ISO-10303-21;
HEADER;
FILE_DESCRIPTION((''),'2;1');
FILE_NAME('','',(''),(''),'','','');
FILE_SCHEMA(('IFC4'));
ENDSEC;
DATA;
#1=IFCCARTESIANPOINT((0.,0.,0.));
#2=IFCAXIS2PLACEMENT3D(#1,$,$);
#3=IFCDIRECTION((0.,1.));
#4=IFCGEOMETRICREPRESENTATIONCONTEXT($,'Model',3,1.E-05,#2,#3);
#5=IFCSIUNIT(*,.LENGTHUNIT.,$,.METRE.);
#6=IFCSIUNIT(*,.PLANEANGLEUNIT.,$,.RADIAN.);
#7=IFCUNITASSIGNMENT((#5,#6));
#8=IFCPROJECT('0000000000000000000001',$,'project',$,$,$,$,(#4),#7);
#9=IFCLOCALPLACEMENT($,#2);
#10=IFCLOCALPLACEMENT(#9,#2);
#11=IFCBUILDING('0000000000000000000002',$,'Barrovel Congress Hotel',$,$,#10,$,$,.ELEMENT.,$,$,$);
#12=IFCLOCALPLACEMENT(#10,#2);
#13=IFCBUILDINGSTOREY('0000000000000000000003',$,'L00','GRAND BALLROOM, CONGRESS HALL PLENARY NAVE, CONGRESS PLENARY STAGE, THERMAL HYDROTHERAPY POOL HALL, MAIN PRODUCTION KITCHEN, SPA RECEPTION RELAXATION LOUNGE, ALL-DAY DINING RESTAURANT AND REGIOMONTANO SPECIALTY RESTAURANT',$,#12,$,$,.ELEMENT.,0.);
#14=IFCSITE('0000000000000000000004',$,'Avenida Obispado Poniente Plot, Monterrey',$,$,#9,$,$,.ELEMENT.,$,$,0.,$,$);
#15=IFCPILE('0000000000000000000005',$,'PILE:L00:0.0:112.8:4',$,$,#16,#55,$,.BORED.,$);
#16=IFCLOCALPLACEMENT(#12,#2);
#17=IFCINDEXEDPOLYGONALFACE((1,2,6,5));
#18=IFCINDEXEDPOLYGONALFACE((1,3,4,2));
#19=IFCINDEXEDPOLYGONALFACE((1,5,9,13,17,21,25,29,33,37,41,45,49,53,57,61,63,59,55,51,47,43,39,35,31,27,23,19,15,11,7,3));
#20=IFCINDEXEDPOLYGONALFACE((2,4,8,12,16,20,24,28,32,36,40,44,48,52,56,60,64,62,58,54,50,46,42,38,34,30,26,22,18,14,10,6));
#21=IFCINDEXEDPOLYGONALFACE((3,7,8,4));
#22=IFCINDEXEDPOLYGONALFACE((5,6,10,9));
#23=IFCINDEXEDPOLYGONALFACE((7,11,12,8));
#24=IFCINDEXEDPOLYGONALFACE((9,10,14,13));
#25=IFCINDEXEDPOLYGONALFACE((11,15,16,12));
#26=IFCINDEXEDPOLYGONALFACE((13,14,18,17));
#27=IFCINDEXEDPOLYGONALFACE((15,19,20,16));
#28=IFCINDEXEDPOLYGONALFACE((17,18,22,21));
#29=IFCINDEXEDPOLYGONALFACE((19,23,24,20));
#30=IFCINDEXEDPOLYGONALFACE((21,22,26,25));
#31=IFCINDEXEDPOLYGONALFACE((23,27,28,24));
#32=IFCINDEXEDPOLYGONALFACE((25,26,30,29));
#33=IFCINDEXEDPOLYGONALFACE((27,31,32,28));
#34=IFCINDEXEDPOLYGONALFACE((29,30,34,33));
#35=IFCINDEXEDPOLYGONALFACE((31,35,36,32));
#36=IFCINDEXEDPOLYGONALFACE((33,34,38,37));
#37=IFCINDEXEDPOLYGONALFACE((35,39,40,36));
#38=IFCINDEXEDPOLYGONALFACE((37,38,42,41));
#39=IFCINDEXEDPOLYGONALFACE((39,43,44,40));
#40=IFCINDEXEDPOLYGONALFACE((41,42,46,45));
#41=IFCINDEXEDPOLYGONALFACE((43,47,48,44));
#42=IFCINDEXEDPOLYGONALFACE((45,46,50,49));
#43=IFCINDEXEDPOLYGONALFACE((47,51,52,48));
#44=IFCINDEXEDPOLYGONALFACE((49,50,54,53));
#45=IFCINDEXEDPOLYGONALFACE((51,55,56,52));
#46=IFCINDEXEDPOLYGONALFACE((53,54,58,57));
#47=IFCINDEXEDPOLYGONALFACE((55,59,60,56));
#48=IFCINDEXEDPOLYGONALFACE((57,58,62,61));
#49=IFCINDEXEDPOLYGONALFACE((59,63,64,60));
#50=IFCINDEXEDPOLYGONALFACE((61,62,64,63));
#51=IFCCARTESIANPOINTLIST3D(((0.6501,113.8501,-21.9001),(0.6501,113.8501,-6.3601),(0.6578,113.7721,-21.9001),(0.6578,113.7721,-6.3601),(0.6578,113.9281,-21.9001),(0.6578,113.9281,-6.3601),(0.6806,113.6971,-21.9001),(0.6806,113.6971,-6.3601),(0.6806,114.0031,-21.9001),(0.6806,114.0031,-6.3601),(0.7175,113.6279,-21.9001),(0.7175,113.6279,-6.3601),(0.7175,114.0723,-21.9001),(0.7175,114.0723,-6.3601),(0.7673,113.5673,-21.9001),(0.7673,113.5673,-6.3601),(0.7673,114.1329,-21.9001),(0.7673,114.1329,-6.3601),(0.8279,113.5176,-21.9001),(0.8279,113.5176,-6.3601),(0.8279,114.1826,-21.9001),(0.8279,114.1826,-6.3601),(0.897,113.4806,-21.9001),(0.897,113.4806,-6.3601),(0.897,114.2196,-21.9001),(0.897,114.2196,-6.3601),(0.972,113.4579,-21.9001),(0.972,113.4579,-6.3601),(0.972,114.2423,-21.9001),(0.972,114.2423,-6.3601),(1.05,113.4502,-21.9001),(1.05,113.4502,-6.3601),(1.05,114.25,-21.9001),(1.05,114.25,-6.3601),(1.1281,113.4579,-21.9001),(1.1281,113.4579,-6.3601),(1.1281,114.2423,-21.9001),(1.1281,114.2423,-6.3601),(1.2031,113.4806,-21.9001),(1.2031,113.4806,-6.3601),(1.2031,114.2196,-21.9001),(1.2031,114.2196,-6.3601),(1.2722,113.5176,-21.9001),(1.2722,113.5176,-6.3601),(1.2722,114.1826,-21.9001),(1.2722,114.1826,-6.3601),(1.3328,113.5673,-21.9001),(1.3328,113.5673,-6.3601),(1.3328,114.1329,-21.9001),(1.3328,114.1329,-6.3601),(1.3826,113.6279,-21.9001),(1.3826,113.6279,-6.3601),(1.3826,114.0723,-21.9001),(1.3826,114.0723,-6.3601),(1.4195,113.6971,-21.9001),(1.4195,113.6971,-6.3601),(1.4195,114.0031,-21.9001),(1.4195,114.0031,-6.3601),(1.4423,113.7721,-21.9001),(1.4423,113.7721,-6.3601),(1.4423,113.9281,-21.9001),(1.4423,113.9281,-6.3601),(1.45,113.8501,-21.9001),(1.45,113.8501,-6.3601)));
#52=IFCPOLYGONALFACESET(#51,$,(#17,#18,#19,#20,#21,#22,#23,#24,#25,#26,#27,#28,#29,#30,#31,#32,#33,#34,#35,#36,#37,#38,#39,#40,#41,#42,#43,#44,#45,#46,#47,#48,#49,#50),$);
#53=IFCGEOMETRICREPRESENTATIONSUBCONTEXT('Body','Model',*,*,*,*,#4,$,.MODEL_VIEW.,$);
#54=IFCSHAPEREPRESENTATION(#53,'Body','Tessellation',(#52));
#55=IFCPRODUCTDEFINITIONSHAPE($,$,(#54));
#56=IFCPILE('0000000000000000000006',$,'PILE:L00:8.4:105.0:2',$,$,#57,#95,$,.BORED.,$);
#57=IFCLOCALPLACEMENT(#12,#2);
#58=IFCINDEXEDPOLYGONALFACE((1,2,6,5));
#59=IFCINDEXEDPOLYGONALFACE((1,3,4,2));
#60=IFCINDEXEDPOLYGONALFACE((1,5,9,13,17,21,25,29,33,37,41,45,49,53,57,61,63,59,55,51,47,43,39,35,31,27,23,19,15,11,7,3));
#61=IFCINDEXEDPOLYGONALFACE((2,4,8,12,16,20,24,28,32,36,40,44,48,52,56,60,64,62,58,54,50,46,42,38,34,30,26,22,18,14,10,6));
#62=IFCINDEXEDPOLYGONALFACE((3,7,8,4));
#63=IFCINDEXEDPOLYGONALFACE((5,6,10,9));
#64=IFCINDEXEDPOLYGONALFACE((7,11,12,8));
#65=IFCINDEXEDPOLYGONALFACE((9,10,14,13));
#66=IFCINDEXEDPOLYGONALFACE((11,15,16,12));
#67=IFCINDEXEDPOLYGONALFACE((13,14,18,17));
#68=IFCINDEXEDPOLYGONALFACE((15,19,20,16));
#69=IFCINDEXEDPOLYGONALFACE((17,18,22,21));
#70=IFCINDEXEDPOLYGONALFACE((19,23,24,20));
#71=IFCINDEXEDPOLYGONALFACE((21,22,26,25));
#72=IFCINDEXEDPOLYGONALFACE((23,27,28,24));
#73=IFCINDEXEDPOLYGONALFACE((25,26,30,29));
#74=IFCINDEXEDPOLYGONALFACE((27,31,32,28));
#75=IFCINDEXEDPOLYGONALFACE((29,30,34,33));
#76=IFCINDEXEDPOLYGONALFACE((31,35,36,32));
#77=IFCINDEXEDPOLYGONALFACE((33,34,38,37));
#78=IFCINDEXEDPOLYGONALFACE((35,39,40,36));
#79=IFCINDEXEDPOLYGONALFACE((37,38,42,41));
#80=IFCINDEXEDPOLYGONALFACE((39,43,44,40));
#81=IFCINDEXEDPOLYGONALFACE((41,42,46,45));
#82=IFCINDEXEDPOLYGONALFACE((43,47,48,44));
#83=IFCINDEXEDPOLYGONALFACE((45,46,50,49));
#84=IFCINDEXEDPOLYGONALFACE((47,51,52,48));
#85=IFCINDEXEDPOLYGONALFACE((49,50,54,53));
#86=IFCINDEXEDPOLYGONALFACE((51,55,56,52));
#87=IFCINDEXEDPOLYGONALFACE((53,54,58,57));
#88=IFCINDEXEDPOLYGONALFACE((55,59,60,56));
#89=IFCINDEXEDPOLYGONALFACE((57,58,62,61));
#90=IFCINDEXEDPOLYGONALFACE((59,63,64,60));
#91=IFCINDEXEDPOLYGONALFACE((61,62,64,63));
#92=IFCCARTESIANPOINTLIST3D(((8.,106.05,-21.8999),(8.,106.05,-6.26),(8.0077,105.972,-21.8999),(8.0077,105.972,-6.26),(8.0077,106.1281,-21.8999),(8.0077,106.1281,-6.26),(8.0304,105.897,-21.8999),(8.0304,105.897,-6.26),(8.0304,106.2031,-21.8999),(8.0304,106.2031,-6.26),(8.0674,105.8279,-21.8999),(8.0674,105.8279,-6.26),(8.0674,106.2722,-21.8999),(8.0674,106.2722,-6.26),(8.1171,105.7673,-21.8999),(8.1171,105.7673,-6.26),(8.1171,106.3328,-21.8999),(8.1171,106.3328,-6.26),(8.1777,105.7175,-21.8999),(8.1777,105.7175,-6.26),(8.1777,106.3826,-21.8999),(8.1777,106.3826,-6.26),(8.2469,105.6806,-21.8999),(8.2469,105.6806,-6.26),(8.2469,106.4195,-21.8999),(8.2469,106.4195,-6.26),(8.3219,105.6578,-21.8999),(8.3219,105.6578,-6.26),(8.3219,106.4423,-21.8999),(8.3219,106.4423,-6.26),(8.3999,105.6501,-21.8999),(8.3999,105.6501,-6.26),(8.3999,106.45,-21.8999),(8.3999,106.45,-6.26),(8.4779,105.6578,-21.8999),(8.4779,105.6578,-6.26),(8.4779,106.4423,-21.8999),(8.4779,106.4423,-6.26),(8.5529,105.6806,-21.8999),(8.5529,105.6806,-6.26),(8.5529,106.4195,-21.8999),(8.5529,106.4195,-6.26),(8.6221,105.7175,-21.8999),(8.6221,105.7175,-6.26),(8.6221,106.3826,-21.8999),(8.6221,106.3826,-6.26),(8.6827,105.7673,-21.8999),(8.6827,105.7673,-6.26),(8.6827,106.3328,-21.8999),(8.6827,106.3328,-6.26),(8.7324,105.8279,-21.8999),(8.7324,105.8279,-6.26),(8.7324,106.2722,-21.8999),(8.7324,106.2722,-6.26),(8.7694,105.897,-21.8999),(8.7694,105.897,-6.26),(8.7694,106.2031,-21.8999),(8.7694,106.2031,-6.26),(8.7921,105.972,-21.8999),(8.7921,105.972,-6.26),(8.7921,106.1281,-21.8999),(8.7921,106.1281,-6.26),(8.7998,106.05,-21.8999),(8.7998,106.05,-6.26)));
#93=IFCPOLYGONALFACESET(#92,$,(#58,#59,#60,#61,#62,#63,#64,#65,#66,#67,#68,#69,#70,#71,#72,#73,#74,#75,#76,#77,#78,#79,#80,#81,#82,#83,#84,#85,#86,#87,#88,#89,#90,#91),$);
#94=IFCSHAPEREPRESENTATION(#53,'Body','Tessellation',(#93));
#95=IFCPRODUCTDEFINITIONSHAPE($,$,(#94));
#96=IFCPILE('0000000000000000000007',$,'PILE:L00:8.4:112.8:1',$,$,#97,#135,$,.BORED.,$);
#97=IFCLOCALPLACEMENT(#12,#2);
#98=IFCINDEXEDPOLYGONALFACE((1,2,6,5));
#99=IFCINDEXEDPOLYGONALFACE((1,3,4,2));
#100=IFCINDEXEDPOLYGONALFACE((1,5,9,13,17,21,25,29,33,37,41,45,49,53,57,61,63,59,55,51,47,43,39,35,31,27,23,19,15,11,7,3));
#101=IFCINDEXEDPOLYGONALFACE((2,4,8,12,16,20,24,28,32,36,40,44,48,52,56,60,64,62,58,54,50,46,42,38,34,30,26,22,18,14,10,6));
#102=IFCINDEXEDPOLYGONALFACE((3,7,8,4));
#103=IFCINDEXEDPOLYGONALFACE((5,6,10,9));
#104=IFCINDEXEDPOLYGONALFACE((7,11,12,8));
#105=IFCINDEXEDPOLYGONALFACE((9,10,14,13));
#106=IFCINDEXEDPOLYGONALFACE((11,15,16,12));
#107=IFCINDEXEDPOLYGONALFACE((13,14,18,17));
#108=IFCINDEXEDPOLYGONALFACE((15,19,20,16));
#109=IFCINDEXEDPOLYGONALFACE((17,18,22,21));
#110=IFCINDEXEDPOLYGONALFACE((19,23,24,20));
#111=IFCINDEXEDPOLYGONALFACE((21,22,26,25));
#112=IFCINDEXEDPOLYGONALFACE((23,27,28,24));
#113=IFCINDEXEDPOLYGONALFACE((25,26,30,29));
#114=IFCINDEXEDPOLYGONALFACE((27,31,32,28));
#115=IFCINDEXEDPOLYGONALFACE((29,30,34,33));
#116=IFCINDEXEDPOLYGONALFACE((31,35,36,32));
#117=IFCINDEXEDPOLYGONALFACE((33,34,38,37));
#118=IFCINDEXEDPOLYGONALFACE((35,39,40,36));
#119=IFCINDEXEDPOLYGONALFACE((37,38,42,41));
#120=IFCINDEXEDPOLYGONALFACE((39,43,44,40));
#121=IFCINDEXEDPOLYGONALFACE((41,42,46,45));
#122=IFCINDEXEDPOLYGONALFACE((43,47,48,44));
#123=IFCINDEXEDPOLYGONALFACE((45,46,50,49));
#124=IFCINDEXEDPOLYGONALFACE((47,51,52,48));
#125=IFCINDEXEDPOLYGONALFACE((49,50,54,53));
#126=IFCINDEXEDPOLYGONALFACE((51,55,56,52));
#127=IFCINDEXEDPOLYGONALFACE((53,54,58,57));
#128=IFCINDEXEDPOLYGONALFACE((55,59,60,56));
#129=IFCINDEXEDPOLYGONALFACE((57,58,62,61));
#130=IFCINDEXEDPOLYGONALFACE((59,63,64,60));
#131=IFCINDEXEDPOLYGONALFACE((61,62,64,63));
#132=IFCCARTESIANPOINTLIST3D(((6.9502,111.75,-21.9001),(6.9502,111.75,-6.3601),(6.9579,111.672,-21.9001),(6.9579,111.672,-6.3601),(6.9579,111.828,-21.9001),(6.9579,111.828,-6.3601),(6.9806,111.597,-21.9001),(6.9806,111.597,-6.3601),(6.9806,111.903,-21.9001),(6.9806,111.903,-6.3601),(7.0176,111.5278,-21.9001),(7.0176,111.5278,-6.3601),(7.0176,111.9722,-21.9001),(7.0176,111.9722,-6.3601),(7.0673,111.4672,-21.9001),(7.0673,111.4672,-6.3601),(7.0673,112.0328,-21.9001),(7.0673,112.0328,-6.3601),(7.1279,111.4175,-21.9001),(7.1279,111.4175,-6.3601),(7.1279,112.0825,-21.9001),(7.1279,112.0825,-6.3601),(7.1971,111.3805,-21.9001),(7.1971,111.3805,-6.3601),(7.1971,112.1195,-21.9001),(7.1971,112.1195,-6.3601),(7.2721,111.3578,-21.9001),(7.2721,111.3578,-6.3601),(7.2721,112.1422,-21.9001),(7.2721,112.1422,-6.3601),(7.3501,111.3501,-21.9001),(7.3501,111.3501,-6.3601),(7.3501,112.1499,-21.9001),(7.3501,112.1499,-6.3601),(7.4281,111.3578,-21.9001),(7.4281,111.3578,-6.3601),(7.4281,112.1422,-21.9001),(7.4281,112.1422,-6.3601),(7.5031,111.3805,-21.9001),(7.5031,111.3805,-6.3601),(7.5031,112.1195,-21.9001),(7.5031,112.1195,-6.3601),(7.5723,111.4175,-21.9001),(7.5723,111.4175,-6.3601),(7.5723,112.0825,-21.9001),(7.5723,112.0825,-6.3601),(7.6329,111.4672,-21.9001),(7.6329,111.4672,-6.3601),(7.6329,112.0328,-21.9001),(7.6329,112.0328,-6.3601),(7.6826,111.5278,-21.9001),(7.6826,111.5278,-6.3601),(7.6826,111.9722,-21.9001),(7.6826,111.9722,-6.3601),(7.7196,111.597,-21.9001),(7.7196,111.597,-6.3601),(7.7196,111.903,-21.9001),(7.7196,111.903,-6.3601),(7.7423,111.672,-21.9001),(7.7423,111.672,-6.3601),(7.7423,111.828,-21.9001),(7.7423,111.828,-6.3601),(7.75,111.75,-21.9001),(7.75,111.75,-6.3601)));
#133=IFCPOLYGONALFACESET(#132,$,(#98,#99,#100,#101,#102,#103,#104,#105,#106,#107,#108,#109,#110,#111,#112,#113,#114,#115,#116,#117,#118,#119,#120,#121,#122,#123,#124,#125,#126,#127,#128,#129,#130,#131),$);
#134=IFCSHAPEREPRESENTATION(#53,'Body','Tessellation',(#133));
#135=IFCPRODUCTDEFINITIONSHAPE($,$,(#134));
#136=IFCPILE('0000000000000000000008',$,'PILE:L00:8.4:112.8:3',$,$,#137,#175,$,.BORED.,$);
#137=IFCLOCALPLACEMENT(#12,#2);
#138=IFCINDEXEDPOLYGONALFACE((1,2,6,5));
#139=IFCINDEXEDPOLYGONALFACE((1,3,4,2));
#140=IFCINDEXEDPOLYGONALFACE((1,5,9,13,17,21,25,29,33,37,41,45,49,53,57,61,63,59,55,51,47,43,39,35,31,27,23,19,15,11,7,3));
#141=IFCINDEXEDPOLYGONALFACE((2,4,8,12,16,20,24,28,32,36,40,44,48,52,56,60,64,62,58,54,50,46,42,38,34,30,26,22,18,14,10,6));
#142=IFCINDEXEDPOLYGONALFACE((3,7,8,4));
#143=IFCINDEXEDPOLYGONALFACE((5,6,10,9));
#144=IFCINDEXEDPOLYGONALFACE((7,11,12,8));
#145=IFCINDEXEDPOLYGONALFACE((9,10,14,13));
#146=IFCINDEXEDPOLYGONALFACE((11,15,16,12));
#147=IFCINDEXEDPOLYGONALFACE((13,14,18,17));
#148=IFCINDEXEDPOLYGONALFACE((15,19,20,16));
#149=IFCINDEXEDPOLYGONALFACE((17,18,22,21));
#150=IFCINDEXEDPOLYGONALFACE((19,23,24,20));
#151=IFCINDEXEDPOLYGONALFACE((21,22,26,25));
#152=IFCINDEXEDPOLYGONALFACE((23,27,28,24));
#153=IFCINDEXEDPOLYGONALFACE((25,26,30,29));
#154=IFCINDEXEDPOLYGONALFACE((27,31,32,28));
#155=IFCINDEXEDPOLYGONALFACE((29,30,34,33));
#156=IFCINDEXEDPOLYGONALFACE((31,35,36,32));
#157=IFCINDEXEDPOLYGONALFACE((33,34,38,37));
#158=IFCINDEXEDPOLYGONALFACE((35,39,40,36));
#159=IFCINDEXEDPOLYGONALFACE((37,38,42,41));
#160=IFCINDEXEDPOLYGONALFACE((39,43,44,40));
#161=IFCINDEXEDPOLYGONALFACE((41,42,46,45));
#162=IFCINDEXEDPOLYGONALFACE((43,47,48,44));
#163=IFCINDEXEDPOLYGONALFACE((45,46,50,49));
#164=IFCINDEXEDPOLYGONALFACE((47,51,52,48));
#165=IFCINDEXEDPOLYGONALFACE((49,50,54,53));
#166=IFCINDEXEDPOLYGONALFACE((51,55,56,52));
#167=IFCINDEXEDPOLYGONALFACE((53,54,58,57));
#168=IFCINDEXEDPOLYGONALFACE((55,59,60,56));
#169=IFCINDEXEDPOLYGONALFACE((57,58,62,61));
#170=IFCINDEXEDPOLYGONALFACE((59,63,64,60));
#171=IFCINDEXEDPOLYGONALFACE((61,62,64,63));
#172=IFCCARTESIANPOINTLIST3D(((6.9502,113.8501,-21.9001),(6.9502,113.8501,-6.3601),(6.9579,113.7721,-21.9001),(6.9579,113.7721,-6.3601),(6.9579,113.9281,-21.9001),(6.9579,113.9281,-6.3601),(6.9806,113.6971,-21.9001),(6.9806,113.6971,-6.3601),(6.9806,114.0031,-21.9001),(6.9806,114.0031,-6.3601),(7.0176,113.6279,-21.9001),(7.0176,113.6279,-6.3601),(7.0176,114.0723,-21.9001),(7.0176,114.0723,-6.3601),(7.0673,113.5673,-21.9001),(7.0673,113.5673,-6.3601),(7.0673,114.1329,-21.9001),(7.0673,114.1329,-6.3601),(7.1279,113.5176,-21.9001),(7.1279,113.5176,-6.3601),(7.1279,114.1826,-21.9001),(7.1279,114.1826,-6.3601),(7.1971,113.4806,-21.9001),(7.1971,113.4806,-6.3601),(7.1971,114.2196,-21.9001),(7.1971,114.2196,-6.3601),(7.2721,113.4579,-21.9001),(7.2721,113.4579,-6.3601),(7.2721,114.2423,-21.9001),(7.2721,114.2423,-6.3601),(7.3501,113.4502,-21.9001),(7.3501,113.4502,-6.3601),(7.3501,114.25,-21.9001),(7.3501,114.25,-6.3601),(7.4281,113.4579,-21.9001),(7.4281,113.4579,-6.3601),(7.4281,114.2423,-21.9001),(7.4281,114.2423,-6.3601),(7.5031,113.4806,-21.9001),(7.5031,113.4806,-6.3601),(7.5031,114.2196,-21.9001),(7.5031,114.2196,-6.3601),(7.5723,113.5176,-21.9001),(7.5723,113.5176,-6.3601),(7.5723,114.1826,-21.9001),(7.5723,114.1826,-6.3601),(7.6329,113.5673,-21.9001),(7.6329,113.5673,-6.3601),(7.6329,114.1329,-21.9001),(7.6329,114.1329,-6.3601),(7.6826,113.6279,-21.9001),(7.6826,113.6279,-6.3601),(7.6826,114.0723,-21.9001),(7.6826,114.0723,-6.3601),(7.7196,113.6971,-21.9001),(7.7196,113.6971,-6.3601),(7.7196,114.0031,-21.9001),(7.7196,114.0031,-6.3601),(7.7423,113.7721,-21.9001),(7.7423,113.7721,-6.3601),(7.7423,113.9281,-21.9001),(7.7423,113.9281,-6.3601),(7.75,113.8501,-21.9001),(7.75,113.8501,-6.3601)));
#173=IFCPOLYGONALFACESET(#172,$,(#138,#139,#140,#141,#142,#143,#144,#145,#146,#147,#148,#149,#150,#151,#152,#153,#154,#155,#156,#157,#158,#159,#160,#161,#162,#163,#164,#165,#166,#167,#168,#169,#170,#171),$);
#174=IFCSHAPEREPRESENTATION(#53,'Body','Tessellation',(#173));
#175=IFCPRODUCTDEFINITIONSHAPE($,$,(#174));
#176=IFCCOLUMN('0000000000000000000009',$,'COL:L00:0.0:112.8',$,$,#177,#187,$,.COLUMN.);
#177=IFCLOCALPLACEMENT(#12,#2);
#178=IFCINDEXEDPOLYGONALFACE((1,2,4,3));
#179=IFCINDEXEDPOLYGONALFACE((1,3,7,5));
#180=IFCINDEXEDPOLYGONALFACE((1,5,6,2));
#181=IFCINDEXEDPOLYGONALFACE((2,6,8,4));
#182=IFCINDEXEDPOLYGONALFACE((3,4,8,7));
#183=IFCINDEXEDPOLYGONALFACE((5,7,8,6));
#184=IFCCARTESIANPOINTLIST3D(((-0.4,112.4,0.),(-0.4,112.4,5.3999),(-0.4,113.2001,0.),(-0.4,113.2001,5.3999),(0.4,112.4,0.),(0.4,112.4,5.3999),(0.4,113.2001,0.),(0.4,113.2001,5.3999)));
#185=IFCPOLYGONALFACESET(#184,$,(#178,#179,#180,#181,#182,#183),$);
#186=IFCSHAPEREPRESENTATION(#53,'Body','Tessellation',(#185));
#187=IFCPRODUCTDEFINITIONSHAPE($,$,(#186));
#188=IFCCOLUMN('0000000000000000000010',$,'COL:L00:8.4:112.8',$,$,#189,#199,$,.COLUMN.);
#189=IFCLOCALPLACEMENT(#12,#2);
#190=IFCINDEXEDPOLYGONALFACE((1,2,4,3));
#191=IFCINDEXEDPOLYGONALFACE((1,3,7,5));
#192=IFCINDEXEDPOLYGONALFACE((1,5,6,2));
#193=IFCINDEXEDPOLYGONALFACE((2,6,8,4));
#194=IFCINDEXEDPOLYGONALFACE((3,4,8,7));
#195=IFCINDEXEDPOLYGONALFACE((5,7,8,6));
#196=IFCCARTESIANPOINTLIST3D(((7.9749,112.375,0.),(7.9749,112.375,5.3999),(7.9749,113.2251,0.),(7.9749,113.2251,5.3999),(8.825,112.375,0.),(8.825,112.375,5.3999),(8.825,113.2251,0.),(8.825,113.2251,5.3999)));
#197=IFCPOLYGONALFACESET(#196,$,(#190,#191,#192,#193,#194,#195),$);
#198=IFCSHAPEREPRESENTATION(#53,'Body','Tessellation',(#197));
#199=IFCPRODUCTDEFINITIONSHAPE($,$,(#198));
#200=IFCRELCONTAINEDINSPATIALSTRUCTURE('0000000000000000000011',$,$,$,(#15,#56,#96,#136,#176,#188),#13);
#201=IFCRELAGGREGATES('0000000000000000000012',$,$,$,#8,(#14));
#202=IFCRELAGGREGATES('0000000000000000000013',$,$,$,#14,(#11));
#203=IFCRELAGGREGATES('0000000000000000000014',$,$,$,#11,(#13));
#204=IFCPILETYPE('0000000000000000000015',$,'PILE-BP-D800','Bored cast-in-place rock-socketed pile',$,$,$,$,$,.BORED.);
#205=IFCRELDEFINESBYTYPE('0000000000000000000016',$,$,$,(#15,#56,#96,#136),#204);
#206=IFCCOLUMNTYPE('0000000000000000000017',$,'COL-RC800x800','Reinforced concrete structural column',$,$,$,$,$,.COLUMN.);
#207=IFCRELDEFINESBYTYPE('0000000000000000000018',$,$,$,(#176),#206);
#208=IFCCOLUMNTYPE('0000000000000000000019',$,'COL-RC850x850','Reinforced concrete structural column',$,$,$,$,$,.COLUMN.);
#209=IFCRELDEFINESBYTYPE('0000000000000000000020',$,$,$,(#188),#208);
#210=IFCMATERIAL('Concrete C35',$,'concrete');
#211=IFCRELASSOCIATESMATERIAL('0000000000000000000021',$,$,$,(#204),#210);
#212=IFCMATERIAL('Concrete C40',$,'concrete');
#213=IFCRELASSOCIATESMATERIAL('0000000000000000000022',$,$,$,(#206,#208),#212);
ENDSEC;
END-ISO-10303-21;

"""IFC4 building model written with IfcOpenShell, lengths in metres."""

from ifc_helpers import new_model, si_unit, direction, frame, origin, origin_2d, place, context, subcontext, project, spatial, rectangle, circle, extrude, material, material_profile, profile_set, type_object, element, save


model = new_model("IFC4")

# Units and contexts
model_context = context("Model", 3, precision=1e-05, world=origin(), true_north=direction((0.0, 1.0)))
body_context = subcontext(model_context, "Body", "Model", "MODEL_VIEW")
ifc_project = project(units=[si_unit("LENGTHUNIT", "METRE"), si_unit("PLANEANGLEUNIT", "RADIAN")], contexts=[model_context])

# Site, building, storey
site_placement = place(None, origin())
site = spatial("IfcSite", under=ifc_project, at=site_placement, Name="Avenida Obispado Poniente Plot, Monterrey", CompositionType="ELEMENT", RefElevation=0.0)
building_placement = place(site_placement, origin())
building = spatial("IfcBuilding", under=site, at=building_placement, Name="Barrovel Congress Hotel", CompositionType="ELEMENT")
storey_placement = place(building_placement, origin())
storey = spatial("IfcBuildingStorey", under=building, at=storey_placement, Name="L00", Description="GRAND BALLROOM, CONGRESS HALL PLENARY NAVE, CONGRESS PLENARY STAGE, THERMAL HYDROTHERAPY POOL HALL, MAIN PRODUCTION KITCHEN, SPA RECEPTION RELAXATION LOUNGE, ALL-DAY DINING RESTAURANT AND REGIOMONTANO SPECIALTY RESTAURANT", CompositionType="ELEMENT", Elevation=0.0)

# Shared definitions
ifc_material_1 = material(Name="Concrete C40", Category="concrete")

# Piles
ifc_material_2 = material(Name="Concrete C35", Category="concrete")
ifc_material_profile_1 = material_profile(ifc_material_2, circle(Radius=0.3999, at=origin_2d()), Name="BP-D800")
ifc_profile_set_1 = profile_set([ifc_material_profile_1], Name="Concrete C35")
pile_type_1 = type_object("IfcPileType", Name="PILE-BP-D800", Description="Bored cast-in-place rock-socketed pile", PredefinedType="BORED", material=ifc_profile_set_1)
for number, where, z_axis, x_axis, name in (
    (1, (1.05, 113.8501, -6.3601), (0.0, 0.0, -1.0), (1.0, 0.0, 0.0), "PILE:L00:0.0:112.8:4"),
):
    element("IfcPile", number, at=place(storey_placement, frame(where, z_axis=z_axis, x_axis=x_axis)), inside=storey, type_object=pile_type_1, Name=name, PredefinedType="BORED", context=body_context, shape_type="SweptSolid", body=[
        extrude(circle(Radius=0.3999, at=origin_2d()), origin(), (0.0, 0.0, 1.0), 15.54),
    ])
pile_1_placement = place(storey_placement, frame((8.3999, 106.05, -6.26), z_axis=(0.0, 0.0, -1.0), x_axis=(1.0, 0.0, 0.0)))
element("IfcPile", 2, at=pile_1_placement, inside=storey, type_object=pile_type_1, Name="PILE:L00:8.4:105.0:2", PredefinedType="BORED", context=body_context, shape_type="SweptSolid", body=[
    extrude(circle(Radius=0.3999, at=origin_2d()), origin(), (0.0, 0.0, 1.0), 15.6399),
])
for number, where, z_axis, x_axis, name in (
    (3, (7.3501, 111.75, -6.3601), (0.0, 0.0, -1.0), (1.0, 0.0, 0.0), "PILE:L00:8.4:112.8:1"),
    (4, (7.3501, 113.8501, -6.3601), (0.0, 0.0, -1.0), (1.0, 0.0, 0.0), "PILE:L00:8.4:112.8:3"),
):
    element("IfcPile", number, at=place(storey_placement, frame(where, z_axis=z_axis, x_axis=x_axis)), inside=storey, type_object=pile_type_1, Name=name, PredefinedType="BORED", context=body_context, shape_type="SweptSolid", body=[
        extrude(circle(Radius=0.3999, at=origin_2d()), origin(), (0.0, 0.0, 1.0), 15.54),
    ])

# Columns
ifc_material_profile_2 = material_profile(ifc_material_1, rectangle(XDim=0.8, YDim=0.8, at=origin_2d()), Name="RC800x800")
ifc_profile_set_2 = profile_set([ifc_material_profile_2], Name="Concrete C40")
column_type_1 = type_object("IfcColumnType", Name="COL-RC800x800", Description="Reinforced concrete structural column", PredefinedType="COLUMN", material=ifc_profile_set_2)
column_1_placement = place(storey_placement, frame((0.0, 112.8, 0.0), z_axis=(0.0, 0.0, 1.0), x_axis=(1.0, 0.0, 0.0)))
element("IfcColumn", 5, at=column_1_placement, inside=storey, type_object=column_type_1, Name="COL:L00:0.0:112.8", PredefinedType="COLUMN", context=body_context, shape_type="SweptSolid", body=[
    extrude(rectangle(XDim=0.8, YDim=0.8, at=origin_2d()), origin(), (0.0, 0.0, 1.0), 5.3999),
])
ifc_material_profile_3 = material_profile(ifc_material_1, rectangle(XDim=0.8501, YDim=0.8501, at=origin_2d()), Name="RC850x850")
ifc_profile_set_3 = profile_set([ifc_material_profile_3], Name="Concrete C40")
column_type_2 = type_object("IfcColumnType", Name="COL-RC850x850", Description="Reinforced concrete structural column", PredefinedType="COLUMN", material=ifc_profile_set_3)
column_2_placement = place(storey_placement, frame((8.3999, 112.8, 0.0), z_axis=(0.0, 0.0, 1.0), x_axis=(1.0, 0.0, 0.0)))
element("IfcColumn", 6, at=column_2_placement, inside=storey, type_object=column_type_2, Name="COL:L00:8.4:112.8", PredefinedType="COLUMN", context=body_context, shape_type="SweptSolid", body=[
    extrude(rectangle(XDim=0.8501, YDim=0.8501, at=origin_2d()), origin(), (0.0, 0.0, 1.0), 5.3999),
])

save(model, "model.ifc")
